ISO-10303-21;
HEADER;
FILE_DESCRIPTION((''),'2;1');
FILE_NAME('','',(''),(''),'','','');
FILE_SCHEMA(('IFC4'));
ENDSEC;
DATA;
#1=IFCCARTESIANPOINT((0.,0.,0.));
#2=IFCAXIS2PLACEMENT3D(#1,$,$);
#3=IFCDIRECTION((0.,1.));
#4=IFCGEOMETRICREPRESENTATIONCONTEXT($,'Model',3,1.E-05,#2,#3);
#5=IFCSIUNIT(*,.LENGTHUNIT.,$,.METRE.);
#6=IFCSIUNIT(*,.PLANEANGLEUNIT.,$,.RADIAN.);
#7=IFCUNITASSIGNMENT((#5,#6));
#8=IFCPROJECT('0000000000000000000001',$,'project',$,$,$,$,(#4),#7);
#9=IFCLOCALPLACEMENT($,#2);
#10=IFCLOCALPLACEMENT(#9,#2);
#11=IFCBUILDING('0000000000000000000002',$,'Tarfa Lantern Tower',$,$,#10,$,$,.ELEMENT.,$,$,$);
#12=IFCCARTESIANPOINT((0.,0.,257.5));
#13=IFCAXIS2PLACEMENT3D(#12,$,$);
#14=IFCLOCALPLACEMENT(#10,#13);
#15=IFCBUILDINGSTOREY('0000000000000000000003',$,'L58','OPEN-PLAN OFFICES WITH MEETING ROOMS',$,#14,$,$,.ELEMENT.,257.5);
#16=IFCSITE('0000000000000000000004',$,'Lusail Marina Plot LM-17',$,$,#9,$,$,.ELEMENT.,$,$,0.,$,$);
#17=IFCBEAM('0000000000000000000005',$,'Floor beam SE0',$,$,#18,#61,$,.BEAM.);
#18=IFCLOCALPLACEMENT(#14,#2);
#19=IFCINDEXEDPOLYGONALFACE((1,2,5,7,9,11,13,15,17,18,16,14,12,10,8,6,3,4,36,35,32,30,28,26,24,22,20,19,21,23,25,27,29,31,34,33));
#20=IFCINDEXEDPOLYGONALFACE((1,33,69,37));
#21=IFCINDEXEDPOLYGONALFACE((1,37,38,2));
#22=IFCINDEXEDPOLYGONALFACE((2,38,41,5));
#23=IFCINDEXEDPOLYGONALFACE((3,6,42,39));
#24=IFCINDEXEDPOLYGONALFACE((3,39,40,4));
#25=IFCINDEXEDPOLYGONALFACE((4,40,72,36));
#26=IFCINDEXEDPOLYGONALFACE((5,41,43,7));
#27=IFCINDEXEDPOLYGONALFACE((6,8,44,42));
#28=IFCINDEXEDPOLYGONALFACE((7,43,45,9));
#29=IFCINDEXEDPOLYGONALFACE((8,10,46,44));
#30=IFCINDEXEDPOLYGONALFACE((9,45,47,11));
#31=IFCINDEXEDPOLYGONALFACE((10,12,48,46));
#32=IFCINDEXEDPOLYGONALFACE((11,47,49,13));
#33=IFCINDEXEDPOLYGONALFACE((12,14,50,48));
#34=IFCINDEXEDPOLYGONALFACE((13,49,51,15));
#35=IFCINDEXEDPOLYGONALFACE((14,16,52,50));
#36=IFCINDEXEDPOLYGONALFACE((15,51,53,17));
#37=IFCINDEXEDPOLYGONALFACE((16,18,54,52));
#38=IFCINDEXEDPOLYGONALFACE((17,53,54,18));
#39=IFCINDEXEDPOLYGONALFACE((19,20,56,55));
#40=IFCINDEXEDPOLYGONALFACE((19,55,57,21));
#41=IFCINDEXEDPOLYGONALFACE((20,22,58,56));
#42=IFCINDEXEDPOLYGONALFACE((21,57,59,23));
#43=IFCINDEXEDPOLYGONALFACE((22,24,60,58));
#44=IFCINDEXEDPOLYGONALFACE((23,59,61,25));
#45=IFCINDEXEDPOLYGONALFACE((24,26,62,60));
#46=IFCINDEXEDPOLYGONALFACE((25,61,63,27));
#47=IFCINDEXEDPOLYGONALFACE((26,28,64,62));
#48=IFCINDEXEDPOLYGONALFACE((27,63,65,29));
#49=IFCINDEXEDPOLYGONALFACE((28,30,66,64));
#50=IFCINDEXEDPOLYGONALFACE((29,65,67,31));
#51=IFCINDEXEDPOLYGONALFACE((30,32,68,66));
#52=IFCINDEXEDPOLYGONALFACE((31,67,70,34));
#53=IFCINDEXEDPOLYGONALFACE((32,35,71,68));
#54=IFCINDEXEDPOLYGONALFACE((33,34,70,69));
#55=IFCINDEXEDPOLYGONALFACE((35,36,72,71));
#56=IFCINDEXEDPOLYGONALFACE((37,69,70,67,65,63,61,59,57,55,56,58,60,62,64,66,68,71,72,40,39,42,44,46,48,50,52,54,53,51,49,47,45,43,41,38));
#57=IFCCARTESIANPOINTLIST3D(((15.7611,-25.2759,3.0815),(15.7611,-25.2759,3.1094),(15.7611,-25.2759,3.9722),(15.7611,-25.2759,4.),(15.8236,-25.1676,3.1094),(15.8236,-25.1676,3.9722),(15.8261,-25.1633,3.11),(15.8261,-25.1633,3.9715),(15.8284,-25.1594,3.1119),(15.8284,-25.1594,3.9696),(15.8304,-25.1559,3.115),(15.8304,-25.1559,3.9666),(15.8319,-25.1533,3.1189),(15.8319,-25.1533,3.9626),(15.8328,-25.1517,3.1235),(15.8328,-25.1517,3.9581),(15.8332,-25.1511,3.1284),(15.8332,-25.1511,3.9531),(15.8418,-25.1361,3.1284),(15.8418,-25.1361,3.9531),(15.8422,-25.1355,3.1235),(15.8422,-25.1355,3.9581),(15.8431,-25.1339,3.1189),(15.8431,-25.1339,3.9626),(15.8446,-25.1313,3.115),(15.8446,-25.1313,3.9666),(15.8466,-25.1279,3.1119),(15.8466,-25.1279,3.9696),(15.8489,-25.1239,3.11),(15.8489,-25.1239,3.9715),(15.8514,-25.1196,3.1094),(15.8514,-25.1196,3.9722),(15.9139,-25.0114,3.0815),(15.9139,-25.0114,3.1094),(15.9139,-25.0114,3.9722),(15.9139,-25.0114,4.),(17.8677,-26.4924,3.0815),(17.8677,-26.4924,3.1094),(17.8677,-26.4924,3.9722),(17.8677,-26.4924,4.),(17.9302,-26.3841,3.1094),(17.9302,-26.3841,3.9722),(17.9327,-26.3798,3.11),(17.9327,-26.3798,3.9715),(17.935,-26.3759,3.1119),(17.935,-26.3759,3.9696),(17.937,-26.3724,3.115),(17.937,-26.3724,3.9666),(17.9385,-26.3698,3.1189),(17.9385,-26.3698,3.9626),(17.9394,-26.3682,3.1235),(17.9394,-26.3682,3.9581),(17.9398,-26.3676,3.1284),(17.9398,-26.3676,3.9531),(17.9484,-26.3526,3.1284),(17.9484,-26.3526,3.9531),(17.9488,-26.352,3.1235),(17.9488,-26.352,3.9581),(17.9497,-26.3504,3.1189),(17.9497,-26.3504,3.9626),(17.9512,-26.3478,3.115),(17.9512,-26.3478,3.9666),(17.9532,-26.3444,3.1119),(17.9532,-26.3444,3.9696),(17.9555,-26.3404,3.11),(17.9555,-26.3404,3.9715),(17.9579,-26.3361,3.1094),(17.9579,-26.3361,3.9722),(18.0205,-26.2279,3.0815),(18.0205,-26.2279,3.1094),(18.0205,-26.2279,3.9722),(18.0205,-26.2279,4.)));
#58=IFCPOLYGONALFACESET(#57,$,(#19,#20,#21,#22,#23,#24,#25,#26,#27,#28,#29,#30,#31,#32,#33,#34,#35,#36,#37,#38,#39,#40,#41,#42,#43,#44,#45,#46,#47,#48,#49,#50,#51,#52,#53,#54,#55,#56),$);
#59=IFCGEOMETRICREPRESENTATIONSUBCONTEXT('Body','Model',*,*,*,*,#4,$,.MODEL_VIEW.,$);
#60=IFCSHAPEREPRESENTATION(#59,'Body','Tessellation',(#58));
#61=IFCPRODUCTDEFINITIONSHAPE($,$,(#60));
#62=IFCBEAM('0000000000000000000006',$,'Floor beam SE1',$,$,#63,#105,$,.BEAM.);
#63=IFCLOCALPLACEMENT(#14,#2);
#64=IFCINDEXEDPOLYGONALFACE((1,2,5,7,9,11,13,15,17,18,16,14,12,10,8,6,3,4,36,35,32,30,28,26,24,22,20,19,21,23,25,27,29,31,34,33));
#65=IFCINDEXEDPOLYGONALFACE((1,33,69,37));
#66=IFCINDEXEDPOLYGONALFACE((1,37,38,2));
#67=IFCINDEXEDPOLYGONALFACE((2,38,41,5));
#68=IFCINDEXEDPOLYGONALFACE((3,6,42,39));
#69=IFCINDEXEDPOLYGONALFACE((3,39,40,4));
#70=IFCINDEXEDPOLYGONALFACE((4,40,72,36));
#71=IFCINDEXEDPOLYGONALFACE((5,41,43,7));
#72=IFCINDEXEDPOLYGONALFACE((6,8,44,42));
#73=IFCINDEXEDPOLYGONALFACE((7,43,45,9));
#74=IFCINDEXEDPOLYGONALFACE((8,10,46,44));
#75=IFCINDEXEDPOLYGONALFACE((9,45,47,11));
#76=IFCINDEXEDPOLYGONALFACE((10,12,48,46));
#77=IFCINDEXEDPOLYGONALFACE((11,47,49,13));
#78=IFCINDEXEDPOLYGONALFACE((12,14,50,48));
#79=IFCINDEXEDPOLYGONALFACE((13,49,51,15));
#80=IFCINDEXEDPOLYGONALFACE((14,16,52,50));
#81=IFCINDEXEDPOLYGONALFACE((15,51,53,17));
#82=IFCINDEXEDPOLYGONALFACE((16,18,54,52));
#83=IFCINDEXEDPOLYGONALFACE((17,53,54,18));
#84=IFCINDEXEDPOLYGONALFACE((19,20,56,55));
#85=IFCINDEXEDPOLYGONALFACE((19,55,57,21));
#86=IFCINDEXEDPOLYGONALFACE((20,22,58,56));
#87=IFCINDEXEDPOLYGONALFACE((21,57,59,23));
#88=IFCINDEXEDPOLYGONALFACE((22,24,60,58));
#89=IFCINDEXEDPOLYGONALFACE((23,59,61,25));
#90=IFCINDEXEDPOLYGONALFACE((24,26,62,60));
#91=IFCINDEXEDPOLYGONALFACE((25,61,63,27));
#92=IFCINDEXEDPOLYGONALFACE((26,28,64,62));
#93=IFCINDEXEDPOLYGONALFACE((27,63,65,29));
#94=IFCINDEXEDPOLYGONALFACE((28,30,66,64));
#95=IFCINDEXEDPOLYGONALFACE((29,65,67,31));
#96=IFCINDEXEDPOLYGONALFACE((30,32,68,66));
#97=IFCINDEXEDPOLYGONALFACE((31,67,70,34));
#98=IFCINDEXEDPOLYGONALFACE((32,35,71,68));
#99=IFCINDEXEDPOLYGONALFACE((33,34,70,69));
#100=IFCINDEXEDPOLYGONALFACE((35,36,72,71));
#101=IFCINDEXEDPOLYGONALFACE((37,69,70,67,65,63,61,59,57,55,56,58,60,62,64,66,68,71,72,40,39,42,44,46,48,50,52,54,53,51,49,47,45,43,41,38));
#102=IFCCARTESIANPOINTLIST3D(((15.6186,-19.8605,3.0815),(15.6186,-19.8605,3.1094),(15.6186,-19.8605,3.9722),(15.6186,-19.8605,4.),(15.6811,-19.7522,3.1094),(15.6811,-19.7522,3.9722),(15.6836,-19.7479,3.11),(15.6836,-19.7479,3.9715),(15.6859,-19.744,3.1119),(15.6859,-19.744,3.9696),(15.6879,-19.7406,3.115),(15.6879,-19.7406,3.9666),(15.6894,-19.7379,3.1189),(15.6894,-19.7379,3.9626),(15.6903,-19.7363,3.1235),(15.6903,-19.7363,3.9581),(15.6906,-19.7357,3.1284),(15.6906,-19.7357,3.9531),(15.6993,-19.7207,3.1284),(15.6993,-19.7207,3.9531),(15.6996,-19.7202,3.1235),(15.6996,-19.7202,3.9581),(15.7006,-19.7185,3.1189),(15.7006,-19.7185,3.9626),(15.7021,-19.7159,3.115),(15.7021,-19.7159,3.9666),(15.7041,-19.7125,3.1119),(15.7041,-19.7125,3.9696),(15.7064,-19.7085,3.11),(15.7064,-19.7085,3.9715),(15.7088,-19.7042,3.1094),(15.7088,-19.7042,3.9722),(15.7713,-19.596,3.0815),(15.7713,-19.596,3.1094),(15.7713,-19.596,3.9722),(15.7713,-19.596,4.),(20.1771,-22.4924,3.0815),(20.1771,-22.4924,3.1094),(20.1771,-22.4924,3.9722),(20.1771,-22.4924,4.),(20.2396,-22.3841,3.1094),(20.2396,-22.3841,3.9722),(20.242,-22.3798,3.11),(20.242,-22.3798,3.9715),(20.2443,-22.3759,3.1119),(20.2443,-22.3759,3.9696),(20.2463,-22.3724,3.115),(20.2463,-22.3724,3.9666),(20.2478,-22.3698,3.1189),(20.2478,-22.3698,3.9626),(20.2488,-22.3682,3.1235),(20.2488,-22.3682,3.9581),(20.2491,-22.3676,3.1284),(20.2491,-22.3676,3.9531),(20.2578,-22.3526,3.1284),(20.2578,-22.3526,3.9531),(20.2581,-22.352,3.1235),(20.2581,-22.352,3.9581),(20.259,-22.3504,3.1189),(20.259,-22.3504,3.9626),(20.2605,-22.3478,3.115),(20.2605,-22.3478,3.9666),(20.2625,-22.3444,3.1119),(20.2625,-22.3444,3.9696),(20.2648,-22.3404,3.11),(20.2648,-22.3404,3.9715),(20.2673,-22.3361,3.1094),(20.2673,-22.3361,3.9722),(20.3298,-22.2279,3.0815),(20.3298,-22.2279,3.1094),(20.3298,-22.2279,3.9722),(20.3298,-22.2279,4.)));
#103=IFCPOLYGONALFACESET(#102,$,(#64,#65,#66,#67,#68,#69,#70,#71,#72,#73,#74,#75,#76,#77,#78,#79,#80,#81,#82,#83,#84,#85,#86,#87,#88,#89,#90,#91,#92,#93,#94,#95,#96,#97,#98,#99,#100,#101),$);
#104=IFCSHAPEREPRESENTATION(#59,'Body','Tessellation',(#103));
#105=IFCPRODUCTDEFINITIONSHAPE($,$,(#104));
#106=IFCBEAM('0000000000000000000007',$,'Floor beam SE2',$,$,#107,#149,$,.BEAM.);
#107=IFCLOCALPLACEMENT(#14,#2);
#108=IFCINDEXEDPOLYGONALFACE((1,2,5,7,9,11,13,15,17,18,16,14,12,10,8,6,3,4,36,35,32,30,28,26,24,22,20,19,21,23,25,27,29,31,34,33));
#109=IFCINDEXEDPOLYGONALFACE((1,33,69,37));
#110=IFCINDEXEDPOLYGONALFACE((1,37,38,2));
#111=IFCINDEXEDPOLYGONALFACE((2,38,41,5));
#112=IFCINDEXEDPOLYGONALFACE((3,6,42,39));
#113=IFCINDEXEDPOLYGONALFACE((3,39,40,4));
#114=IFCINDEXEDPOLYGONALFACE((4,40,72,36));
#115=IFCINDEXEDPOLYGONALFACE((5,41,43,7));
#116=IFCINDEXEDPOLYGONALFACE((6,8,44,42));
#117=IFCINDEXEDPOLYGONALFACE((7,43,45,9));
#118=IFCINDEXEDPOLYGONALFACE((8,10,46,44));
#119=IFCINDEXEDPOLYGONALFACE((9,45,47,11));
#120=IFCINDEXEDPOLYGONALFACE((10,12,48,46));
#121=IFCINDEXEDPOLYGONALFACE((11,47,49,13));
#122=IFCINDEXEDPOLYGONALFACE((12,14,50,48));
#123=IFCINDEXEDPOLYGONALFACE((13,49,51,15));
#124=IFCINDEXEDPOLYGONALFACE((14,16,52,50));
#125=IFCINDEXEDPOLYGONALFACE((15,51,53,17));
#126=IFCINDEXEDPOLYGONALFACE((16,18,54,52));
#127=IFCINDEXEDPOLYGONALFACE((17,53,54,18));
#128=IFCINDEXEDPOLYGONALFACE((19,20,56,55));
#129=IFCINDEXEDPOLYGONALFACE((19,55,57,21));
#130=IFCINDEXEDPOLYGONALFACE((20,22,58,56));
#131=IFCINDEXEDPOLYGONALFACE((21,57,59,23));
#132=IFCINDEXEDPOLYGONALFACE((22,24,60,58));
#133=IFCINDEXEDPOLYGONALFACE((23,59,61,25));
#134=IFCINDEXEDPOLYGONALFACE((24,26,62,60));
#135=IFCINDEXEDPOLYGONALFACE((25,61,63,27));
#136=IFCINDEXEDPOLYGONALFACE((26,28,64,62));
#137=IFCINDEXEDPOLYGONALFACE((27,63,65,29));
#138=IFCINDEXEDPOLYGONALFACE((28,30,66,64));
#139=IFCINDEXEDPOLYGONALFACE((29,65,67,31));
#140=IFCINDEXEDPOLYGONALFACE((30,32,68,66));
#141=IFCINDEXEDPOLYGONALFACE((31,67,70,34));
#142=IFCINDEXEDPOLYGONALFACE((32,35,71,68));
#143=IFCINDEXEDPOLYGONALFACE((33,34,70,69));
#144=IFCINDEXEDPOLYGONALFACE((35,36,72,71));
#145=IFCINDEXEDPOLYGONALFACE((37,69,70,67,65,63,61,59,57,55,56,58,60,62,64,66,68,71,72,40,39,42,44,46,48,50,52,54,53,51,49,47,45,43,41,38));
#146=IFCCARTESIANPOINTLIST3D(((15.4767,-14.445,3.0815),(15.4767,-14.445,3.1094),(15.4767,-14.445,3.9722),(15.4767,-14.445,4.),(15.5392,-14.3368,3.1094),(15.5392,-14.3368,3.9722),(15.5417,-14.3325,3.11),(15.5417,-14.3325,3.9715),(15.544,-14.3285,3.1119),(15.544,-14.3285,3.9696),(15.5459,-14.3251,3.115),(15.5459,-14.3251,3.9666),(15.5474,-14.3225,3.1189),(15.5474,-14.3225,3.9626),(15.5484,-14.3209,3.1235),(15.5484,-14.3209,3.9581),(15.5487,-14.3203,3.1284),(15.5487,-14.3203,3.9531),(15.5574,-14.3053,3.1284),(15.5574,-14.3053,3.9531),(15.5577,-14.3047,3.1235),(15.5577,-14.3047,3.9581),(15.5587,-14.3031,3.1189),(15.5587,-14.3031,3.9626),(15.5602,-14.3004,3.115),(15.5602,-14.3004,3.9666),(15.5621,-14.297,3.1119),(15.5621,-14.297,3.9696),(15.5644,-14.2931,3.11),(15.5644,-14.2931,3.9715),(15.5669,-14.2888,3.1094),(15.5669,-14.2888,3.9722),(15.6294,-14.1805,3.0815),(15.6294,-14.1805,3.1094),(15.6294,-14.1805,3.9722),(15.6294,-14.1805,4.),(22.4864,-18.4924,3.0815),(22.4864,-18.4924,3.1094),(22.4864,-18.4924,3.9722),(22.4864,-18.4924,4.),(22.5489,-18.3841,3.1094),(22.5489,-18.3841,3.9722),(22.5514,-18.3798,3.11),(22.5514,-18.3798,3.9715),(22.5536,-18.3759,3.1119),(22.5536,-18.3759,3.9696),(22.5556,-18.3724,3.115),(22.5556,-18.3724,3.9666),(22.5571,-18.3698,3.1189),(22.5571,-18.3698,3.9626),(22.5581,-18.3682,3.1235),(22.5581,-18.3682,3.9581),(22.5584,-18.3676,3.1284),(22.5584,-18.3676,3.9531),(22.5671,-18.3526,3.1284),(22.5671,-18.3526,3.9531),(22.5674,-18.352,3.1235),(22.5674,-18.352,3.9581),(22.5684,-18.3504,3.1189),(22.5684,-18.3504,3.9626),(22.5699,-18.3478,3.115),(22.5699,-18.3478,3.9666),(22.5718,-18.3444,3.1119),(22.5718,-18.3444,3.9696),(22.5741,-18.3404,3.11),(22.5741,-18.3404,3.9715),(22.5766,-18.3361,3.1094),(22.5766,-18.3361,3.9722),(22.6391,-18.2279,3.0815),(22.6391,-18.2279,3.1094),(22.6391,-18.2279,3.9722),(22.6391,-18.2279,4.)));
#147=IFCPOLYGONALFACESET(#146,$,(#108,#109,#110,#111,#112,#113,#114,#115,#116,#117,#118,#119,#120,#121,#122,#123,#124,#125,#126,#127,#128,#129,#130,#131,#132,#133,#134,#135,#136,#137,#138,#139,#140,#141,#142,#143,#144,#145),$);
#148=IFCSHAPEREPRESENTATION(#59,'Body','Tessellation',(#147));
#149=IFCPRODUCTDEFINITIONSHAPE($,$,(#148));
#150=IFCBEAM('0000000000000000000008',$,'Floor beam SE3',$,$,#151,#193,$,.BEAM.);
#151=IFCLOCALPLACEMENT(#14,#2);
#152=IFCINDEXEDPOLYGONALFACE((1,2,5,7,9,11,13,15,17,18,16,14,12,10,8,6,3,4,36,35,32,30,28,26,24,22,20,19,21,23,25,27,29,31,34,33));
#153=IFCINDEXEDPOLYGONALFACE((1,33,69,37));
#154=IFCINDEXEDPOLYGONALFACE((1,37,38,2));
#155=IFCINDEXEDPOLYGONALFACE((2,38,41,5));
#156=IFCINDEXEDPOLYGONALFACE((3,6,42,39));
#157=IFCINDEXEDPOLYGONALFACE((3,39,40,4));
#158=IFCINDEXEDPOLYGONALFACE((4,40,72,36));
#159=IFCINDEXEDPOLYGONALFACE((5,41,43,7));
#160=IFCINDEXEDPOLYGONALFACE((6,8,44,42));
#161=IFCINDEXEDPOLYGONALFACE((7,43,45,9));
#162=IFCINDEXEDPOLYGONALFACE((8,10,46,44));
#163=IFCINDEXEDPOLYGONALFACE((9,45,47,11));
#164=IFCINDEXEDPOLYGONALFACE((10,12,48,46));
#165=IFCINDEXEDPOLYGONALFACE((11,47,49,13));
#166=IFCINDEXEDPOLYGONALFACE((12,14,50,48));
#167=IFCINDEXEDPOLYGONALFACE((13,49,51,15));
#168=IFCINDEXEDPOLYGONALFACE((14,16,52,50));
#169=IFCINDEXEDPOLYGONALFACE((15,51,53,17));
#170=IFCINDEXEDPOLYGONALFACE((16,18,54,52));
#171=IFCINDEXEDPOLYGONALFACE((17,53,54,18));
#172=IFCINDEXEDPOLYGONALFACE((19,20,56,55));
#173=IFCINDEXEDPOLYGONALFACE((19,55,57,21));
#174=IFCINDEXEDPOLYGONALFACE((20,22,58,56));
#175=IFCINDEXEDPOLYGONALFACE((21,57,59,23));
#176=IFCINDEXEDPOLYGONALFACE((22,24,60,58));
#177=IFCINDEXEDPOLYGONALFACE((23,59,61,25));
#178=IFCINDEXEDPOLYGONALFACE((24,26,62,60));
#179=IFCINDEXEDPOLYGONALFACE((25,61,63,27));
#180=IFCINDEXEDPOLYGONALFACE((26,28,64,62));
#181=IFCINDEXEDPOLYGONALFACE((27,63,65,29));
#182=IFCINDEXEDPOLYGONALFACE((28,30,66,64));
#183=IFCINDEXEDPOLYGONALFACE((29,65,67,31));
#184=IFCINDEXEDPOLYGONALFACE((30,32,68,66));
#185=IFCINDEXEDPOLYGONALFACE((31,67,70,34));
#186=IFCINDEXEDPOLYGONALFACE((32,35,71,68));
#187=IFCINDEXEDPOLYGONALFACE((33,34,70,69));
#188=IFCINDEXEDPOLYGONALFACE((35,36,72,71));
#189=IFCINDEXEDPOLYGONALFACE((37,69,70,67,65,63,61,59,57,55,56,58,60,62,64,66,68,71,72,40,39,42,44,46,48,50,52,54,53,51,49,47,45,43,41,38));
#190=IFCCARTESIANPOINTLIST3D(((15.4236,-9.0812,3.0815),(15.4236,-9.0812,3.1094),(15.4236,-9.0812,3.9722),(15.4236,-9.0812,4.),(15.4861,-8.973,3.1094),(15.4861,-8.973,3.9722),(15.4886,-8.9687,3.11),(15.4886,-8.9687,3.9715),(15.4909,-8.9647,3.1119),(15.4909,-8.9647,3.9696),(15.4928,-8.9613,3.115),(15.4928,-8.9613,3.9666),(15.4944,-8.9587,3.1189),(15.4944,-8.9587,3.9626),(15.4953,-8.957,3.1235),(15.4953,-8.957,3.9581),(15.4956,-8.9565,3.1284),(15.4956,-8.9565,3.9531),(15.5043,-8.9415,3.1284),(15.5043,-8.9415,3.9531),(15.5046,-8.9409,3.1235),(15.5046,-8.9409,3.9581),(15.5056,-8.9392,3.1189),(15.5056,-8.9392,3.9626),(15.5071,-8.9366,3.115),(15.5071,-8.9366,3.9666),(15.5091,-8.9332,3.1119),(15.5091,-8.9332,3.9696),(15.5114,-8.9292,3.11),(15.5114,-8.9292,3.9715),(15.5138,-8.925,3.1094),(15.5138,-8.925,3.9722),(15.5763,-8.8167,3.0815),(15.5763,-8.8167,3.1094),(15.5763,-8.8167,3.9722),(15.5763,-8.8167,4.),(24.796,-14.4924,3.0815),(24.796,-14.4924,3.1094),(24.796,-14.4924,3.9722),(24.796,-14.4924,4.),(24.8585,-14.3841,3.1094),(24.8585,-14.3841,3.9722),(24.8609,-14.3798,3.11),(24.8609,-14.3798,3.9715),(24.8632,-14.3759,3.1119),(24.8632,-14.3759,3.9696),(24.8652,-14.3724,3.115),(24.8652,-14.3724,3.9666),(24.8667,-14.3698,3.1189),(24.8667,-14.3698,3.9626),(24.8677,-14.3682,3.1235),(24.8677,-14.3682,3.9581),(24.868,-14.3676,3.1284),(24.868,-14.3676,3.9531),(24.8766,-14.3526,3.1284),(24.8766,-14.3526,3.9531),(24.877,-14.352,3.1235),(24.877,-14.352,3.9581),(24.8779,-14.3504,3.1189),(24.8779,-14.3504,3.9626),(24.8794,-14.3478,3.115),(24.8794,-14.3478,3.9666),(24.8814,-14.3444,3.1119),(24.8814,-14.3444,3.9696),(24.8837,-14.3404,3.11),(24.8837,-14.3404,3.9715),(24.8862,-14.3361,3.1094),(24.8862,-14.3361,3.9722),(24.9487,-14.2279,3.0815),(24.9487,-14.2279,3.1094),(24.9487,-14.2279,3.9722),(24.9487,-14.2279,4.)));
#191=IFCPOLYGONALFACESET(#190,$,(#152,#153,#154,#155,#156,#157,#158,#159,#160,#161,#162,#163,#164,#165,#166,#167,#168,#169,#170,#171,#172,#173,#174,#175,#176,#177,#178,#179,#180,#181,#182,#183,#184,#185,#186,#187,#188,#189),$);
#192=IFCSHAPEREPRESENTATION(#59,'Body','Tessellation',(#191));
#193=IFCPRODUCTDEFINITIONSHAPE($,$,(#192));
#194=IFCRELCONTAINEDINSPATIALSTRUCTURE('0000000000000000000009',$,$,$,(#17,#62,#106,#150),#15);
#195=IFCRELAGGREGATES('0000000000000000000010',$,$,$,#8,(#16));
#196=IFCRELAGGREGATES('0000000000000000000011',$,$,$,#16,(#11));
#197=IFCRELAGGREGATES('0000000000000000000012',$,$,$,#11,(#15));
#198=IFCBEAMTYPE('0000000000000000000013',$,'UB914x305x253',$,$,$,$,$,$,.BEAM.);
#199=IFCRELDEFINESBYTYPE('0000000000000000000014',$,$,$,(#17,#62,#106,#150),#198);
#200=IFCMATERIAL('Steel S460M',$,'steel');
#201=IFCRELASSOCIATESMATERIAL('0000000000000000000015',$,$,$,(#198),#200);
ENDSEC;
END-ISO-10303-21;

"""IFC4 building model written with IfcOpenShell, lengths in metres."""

from ifc_helpers import new_model, si_unit, direction, frame, origin, origin_2d, place, context, subcontext, project, spatial, i_section, extrude, material, material_profile, profile_set, type_object, element, save


model = new_model("IFC4")

# Units and contexts
model_context = context("Model", 3, precision=1e-05, world=origin(), true_north=direction((0.0, 1.0)))
body_context = subcontext(model_context, "Body", "Model", "MODEL_VIEW")
ifc_project = project(units=[si_unit("LENGTHUNIT", "METRE"), si_unit("PLANEANGLEUNIT", "RADIAN")], contexts=[model_context])

# Site, building, storey
site_placement = place(None, origin())
site = spatial("IfcSite", under=ifc_project, at=site_placement, Name="Lusail Marina Plot LM-17", CompositionType="ELEMENT", RefElevation=0.0)
building_placement = place(site_placement, origin())
building = spatial("IfcBuilding", under=site, at=building_placement, Name="Tarfa Lantern Tower", CompositionType="ELEMENT")
storey_placement = place(building_placement, frame((0.0, 0.0, 257.5)))
storey = spatial("IfcBuildingStorey", under=building, at=storey_placement, Name="L58", Description="OPEN-PLAN OFFICES WITH MEETING ROOMS", CompositionType="ELEMENT", Elevation=257.5)

# Beams
ifc_material_1 = material(Name="Steel S460M", Category="steel")
ifc_material_profile_1 = material_profile(ifc_material_1, i_section(OverallWidth=0.3054, OverallDepth=0.9185, WebThickness=0.0173, FlangeThickness=0.0278, FilletRadius=0.019, at=origin_2d()), Name="UB914x305x253")
ifc_profile_set_1 = profile_set([ifc_material_profile_1], Name="Steel S460M")
beam_type_1 = type_object("IfcBeamType", Name="UB914x305x253", PredefinedType="BEAM", material=ifc_profile_set_1)
beam_1_placement = place(storey_placement, frame((17.9441, -26.3601, 3.5408), z_axis=(-0.86598, 0.500079, 0.0), x_axis=(-0.500079, -0.86598, 0.0)))
element("IfcBeam", 1, at=beam_1_placement, inside=storey, type_object=beam_type_1, Name="Floor beam SE0", PredefinedType="BEAM", context=body_context, shape_type="SweptSolid", body=[
    extrude(i_section(OverallWidth=0.3054, OverallDepth=0.9185, WebThickness=0.0173, FlangeThickness=0.0278, FilletRadius=0.019, at=origin_2d()), origin(), (0.0, 0.0, 1.0), 2.4326),
])
beam_2_placement = place(storey_placement, frame((20.2534, -22.3601, 3.5408), z_axis=(-0.86602, 0.50001, 0.0), x_axis=(-0.50001, -0.86602, 0.0)))
element("IfcBeam", 2, at=beam_2_placement, inside=storey, type_object=beam_type_1, Name="Floor beam SE1", PredefinedType="BEAM", context=body_context, shape_type="SweptSolid", body=[
    extrude(i_section(OverallWidth=0.3054, OverallDepth=0.9185, WebThickness=0.0173, FlangeThickness=0.0278, FilletRadius=0.019, at=origin_2d()), origin(), (0.0, 0.0, 1.0), 5.2637),
])
beam_3_placement = place(storey_placement, frame((22.5627, -18.3601, 3.5408), z_axis=(-0.866011, 0.500025, 0.0), x_axis=(-0.500025, -0.866011, 0.0)))
element("IfcBeam", 3, at=beam_3_placement, inside=storey, type_object=beam_type_1, Name="Floor beam SE2", PredefinedType="BEAM", context=body_context, shape_type="SweptSolid", body=[
    extrude(i_section(OverallWidth=0.3054, OverallDepth=0.9185, WebThickness=0.0173, FlangeThickness=0.0278, FilletRadius=0.019, at=origin_2d()), origin(), (0.0, 0.0, 1.0), 8.0942),
])
beam_4_placement = place(storey_placement, frame((24.8723, -14.3601, 3.5408), z_axis=(-0.866024, 0.500002, 0.0), x_axis=(-0.500002, -0.866024, 0.0)))
element("IfcBeam", 4, at=beam_4_placement, inside=storey, type_object=beam_type_1, Name="Floor beam SE3", PredefinedType="BEAM", context=body_context, shape_type="SweptSolid", body=[
    extrude(i_section(OverallWidth=0.3054, OverallDepth=0.9185, WebThickness=0.0173, FlangeThickness=0.0278, FilletRadius=0.019, at=origin_2d()), origin(), (0.0, 0.0, 1.0), 10.8223),
])

save(model, "model.ifc")
